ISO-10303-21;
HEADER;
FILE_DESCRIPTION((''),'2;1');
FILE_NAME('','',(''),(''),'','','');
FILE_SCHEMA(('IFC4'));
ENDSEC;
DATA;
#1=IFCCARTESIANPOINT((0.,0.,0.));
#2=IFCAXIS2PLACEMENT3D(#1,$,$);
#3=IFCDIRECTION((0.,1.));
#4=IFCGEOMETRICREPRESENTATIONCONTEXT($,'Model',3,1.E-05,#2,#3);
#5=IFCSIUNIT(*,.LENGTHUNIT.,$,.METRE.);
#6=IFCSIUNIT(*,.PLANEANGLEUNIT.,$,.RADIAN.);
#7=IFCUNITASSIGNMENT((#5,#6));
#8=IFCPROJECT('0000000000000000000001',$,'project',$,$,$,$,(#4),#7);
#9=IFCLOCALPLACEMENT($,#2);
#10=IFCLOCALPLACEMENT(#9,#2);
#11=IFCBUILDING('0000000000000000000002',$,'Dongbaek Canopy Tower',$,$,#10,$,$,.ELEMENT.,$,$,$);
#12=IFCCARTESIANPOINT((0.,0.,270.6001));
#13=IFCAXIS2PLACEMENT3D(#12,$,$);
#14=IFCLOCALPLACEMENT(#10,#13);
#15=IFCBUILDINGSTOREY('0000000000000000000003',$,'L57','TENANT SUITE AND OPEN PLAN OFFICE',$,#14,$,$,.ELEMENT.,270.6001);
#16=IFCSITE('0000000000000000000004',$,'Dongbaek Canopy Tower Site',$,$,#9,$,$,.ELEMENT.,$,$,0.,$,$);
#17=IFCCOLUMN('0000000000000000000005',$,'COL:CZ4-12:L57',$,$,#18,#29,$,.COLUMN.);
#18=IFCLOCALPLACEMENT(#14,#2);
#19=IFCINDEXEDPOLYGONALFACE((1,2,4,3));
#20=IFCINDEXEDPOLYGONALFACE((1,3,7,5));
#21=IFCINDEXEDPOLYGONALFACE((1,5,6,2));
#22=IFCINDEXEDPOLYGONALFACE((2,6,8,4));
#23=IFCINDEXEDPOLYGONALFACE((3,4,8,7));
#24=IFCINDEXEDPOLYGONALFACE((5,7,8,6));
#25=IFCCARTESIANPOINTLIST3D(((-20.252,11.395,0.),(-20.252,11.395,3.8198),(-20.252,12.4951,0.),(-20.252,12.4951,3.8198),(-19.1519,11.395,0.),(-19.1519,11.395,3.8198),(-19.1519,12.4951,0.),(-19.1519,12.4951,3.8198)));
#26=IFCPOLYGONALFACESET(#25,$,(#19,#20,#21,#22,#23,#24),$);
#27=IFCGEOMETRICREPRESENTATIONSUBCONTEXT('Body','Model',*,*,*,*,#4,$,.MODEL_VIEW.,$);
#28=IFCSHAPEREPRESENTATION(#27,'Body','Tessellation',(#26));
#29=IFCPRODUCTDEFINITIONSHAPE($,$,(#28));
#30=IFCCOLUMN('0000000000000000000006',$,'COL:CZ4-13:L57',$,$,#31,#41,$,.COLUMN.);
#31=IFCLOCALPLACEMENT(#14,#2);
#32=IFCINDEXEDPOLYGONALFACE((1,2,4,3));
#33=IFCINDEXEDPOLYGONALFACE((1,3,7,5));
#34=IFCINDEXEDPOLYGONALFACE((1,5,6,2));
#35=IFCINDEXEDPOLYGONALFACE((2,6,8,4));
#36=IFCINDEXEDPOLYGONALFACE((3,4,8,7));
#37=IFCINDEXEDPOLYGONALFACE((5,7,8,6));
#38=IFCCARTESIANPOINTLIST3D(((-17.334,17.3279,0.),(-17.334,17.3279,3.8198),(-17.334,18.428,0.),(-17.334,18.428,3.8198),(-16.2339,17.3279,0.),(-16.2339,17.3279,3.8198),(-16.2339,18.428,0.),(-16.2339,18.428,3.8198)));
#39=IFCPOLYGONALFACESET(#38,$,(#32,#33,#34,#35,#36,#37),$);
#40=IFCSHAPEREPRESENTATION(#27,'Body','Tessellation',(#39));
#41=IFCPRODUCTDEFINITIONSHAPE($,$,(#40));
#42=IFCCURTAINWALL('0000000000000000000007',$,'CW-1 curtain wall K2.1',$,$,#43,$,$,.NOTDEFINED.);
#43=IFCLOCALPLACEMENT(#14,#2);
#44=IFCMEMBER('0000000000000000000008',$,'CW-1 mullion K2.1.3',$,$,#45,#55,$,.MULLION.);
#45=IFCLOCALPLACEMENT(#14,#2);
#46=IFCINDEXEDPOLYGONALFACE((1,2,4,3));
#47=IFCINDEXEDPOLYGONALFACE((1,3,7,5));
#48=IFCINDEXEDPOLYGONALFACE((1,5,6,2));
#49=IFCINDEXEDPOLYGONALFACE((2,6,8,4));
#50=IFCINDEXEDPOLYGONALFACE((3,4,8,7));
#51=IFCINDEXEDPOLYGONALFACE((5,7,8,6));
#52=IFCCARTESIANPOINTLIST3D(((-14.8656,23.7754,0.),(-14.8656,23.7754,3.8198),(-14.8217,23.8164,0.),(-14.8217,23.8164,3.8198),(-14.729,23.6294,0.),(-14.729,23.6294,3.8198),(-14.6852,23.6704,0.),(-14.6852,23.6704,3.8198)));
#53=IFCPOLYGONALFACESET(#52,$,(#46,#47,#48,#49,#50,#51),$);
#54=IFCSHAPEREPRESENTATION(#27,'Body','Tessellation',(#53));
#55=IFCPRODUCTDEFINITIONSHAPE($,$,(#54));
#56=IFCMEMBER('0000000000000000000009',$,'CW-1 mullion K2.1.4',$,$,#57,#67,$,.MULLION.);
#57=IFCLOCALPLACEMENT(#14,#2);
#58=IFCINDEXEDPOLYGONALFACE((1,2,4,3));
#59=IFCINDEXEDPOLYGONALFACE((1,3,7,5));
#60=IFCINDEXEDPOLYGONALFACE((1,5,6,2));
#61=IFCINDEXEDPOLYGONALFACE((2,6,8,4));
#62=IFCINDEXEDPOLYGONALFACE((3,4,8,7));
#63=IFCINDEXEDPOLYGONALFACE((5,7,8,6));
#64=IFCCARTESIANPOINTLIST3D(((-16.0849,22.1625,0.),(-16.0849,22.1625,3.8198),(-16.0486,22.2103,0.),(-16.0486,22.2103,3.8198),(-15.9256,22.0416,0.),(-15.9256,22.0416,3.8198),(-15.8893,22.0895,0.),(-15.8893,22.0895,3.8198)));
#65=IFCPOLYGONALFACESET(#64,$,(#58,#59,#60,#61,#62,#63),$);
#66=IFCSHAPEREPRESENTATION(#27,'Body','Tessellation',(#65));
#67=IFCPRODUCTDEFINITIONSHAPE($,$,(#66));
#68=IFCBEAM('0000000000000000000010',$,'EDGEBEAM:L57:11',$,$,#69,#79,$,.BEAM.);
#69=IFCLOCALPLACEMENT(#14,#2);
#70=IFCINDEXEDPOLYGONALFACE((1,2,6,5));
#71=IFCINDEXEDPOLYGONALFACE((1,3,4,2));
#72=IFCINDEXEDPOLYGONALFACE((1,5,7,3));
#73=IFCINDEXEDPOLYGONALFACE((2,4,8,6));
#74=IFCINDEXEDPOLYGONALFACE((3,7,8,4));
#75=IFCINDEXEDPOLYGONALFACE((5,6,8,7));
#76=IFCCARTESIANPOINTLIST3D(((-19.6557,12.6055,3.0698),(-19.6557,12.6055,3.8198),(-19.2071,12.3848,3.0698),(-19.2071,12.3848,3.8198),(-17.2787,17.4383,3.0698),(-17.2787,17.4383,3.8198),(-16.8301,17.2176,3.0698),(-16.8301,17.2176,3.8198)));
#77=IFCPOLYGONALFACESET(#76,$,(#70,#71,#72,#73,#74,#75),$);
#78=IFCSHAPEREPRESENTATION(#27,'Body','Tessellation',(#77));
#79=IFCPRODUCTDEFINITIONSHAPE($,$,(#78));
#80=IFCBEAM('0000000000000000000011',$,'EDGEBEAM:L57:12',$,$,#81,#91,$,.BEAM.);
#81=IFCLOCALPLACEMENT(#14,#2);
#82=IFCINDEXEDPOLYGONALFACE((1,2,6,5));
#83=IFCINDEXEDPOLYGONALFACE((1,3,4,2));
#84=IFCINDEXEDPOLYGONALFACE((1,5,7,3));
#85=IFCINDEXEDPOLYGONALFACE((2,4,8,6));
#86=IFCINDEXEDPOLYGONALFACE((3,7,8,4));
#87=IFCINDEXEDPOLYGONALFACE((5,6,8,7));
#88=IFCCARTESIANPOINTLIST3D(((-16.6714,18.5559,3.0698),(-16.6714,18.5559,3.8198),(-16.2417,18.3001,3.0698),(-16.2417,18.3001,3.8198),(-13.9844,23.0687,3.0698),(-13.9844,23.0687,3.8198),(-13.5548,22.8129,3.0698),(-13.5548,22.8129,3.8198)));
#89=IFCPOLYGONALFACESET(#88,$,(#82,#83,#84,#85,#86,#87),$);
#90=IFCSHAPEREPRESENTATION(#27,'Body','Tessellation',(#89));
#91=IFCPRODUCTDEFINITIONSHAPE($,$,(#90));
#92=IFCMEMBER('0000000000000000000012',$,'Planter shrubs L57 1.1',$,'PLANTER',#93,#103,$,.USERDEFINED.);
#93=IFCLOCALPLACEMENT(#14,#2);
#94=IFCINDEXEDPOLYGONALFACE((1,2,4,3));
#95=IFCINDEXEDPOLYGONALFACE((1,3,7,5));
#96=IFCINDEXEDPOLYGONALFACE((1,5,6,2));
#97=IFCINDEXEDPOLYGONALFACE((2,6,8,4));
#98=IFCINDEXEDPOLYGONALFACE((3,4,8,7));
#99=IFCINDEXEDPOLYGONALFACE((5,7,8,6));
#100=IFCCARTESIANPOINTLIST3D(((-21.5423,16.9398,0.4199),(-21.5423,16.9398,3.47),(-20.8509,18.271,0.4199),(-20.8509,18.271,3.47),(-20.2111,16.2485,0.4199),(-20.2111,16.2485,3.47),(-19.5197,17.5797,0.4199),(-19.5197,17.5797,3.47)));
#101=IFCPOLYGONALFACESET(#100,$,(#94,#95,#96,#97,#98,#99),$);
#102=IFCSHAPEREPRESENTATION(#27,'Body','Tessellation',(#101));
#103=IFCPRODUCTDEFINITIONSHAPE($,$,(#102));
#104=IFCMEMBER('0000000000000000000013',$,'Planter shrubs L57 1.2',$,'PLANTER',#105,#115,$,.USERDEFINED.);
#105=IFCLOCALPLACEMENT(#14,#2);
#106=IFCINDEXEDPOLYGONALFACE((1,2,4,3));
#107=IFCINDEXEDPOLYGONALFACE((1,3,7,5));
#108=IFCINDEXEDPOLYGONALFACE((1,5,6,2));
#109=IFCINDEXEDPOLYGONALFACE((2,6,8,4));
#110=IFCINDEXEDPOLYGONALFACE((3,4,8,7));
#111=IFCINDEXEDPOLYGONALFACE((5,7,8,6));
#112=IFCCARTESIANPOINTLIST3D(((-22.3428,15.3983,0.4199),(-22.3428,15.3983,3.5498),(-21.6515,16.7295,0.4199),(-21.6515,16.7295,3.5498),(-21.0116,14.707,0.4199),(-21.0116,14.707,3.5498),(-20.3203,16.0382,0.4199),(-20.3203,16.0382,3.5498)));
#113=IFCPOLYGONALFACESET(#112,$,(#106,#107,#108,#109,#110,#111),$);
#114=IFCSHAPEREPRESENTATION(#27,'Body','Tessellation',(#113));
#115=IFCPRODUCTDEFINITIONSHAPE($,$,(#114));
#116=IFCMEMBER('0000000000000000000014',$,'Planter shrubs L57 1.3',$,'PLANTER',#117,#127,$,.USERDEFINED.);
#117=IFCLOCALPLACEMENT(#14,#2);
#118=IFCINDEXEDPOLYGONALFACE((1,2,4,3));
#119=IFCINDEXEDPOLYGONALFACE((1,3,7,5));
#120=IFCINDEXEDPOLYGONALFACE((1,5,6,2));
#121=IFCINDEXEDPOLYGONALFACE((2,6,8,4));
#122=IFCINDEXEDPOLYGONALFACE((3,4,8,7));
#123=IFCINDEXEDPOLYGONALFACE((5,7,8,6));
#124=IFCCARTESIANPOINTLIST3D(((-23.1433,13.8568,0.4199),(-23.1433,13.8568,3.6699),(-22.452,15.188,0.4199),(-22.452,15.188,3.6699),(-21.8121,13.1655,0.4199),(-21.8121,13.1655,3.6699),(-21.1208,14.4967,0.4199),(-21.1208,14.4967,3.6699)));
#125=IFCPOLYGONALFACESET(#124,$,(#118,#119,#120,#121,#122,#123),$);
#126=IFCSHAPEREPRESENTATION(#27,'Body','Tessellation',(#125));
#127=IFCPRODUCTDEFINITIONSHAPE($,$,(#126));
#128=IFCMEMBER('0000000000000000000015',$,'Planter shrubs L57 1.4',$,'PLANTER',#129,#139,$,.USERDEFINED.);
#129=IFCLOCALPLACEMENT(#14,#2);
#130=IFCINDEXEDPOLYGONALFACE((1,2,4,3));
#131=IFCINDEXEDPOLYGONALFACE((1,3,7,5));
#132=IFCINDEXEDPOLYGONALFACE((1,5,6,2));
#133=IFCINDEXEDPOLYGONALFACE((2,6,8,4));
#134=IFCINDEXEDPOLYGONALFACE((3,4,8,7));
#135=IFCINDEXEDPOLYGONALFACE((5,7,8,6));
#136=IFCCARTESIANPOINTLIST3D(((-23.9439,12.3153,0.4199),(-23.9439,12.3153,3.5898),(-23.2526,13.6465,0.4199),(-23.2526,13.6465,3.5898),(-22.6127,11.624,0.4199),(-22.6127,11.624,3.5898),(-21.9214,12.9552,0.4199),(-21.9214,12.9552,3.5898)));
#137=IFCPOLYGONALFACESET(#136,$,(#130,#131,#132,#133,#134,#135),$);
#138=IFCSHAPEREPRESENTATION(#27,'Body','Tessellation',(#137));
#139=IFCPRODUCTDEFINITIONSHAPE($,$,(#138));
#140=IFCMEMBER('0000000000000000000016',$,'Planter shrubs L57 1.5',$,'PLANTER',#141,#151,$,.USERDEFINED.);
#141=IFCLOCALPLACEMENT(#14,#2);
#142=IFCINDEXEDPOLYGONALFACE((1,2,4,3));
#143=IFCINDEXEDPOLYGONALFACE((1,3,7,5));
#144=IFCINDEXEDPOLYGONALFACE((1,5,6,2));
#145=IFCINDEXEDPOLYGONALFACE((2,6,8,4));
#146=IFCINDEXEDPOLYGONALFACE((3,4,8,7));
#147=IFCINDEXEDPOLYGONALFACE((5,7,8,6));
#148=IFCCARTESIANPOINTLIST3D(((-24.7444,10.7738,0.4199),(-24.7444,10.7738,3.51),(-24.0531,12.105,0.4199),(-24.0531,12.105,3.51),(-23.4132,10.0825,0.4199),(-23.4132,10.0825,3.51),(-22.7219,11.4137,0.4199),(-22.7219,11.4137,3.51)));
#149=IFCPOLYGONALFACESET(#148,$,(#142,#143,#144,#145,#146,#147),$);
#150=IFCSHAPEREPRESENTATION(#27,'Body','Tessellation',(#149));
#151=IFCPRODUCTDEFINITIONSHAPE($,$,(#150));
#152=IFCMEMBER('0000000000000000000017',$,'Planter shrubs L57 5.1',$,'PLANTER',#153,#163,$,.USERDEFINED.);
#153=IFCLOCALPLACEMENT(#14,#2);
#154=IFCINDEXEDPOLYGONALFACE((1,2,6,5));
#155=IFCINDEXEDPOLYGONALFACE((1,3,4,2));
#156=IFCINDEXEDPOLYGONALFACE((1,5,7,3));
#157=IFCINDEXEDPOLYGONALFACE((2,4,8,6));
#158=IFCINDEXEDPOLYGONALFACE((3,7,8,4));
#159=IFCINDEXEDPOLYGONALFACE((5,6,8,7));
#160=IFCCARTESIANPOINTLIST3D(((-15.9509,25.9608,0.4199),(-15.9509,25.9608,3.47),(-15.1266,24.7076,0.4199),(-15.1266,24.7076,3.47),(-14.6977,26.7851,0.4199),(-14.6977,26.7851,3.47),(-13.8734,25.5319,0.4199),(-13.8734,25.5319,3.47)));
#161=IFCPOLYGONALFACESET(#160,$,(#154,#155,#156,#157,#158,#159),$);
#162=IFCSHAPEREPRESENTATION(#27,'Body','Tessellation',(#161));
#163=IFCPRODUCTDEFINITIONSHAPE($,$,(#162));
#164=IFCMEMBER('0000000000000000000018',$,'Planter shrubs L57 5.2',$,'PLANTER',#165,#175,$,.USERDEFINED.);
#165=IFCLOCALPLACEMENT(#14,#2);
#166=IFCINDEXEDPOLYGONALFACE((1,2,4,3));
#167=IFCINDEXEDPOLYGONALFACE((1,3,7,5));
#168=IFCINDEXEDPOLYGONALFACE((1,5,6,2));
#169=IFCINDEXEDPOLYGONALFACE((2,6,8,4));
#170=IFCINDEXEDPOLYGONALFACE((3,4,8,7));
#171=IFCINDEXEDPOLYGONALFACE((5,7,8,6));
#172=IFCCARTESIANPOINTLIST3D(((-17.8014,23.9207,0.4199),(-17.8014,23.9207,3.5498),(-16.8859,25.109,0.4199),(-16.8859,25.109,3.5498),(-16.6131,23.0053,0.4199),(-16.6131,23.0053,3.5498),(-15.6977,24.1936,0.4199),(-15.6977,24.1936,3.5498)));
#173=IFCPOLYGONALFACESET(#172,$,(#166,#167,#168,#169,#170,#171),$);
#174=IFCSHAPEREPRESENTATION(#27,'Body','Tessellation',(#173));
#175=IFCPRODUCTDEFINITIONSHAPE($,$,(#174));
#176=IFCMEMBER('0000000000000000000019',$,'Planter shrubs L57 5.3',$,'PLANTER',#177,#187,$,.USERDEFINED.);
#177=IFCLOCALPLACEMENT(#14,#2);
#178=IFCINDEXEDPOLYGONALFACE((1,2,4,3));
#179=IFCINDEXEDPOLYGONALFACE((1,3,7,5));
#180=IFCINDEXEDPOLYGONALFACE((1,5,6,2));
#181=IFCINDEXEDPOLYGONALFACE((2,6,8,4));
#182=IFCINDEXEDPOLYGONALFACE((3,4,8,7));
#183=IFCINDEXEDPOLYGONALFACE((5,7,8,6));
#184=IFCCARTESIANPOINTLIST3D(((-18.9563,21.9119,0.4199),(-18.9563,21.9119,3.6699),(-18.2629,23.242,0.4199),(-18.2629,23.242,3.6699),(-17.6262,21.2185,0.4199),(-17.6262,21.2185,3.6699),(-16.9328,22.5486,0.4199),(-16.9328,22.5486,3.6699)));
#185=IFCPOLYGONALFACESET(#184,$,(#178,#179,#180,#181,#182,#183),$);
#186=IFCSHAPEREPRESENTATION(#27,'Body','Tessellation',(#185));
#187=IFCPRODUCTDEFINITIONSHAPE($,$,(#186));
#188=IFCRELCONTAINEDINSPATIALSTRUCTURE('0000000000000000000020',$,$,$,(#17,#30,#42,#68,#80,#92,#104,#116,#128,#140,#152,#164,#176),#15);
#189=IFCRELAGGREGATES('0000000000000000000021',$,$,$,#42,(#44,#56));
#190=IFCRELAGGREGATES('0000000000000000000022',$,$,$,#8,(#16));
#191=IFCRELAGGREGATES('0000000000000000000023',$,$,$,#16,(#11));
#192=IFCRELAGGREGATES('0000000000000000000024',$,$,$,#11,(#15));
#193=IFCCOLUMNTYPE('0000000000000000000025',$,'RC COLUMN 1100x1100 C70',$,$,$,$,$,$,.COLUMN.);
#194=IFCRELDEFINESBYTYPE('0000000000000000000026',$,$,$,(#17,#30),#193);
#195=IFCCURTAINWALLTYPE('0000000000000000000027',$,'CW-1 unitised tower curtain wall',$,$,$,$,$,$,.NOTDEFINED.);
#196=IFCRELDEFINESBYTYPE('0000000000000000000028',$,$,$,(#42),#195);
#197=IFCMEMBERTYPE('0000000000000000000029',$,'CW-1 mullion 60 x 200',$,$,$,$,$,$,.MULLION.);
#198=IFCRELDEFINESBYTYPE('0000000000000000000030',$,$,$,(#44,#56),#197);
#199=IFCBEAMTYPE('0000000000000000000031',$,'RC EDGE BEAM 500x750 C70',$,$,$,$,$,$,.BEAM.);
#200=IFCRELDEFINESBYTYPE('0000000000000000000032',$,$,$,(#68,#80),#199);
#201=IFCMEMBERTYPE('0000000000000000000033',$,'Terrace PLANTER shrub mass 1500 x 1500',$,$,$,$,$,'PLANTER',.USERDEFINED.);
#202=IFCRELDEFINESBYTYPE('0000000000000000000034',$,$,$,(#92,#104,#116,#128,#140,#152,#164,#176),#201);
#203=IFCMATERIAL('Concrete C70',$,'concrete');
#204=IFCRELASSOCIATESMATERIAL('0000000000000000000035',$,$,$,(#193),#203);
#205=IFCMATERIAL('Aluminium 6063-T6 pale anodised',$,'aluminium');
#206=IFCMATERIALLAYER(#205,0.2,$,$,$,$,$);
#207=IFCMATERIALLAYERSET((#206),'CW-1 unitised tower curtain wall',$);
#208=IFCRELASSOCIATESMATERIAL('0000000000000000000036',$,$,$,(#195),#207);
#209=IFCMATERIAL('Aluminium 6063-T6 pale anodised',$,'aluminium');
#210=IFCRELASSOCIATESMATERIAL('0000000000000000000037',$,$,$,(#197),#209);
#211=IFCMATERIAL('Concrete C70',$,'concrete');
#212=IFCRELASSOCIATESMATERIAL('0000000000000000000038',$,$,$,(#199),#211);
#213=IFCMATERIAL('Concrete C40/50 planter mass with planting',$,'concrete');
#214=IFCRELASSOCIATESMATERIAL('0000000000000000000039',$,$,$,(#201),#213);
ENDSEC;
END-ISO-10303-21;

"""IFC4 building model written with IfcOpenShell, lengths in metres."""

from ifc_helpers import new_model, si_unit, direction, frame, origin, origin_2d, place, context, subcontext, project, spatial, rectangle, extrude, material, layer, layer_set, material_profile, profile_set, type_object, element, aggregate, save


model = new_model("IFC4")

# Units and contexts
model_context = context("Model", 3, precision=1e-05, world=origin(), true_north=direction((0.0, 1.0)))
body_context = subcontext(model_context, "Body", "Model", "MODEL_VIEW")
ifc_project = project(units=[si_unit("LENGTHUNIT", "METRE"), si_unit("PLANEANGLEUNIT", "RADIAN")], contexts=[model_context])

# Site, building, storey
site_placement = place(None, origin())
site = spatial("IfcSite", under=ifc_project, at=site_placement, Name="Dongbaek Canopy Tower Site", CompositionType="ELEMENT", RefElevation=0.0)
building_placement = place(site_placement, origin())
building = spatial("IfcBuilding", under=site, at=building_placement, Name="Dongbaek Canopy Tower", CompositionType="ELEMENT")
storey_placement = place(building_placement, frame((0.0, 0.0, 270.6001)))
storey = spatial("IfcBuildingStorey", under=building, at=storey_placement, Name="L57", Description="TENANT SUITE AND OPEN PLAN OFFICE", CompositionType="ELEMENT", Elevation=270.6001)

# Columns
ifc_material_1 = material(Name="Concrete C70", Category="concrete")
ifc_material_profile_1 = material_profile(ifc_material_1, rectangle(XDim=1.1001, YDim=1.1001, at=origin_2d()), Name="RC COLUMN 1100x1100 C70")
ifc_profile_set_1 = profile_set([ifc_material_profile_1], Name="Concrete C70")
column_type = type_object("IfcColumnType", Name="RC COLUMN 1100x1100 C70", PredefinedType="COLUMN", material=ifc_profile_set_1)
for number, where, z_axis, x_axis, name in (
    (1, (-19.7019, 11.9451, 0.0), (0.0, 0.0, 1.0), (1.0, 0.0, 0.0), "COL:CZ4-12:L57"),
    (2, (-16.7839, 17.8779, 0.0), (0.0, 0.0, 1.0), (1.0, 0.0, 0.0), "COL:CZ4-13:L57"),
):
    element("IfcColumn", number, at=place(storey_placement, frame(where, z_axis=z_axis, x_axis=x_axis)), inside=storey, type_object=column_type, Name=name, PredefinedType="COLUMN", context=body_context, shape_type="SweptSolid", body=[
        extrude(rectangle(XDim=1.1001, YDim=1.1001, at=origin_2d()), origin(), (0.0, 0.0, 1.0), 3.8198),
    ])

# Curtain wall, members
ifc_material_2 = material(Name="Aluminium 6063-T6 pale anodised", Category="aluminium")
ifc_layer_1 = layer(ifc_material_2, 0.2)
ifc_layer_set_1 = layer_set([ifc_layer_1], Name="CW-1 unitised tower curtain wall")
curtain_wall_type = type_object("IfcCurtainWallType", Name="CW-1 unitised tower curtain wall", PredefinedType="NOTDEFINED", material=ifc_layer_set_1)
curtain_wall_placement = place(storey_placement, origin())
curtain_wall = element("IfcCurtainWall", 3, at=curtain_wall_placement, inside=storey, type_object=curtain_wall_type, Name="CW-1 curtain wall K2.1", PredefinedType="NOTDEFINED")
ifc_material_3 = material(Name="Aluminium 6063-T6 pale anodised", Category="aluminium")
ifc_material_profile_2 = material_profile(ifc_material_3, rectangle(XDim=0.2, YDim=0.0601, at=origin_2d()), Name="CW-1 mullion 60 x 200")
ifc_profile_set_2 = profile_set([ifc_material_profile_2], Name="Aluminium 6063-T6 pale anodised")
member_type_1 = type_object("IfcMemberType", Name="CW-1 mullion 60 x 200", PredefinedType="MULLION", material=ifc_profile_set_2)
member_1_placement = place(storey_placement, frame((-14.7754, 23.7229, 0.0), z_axis=(0.0, 0.0, 1.0), x_axis=(-0.682961, 0.730455, 0.0)))
member_1 = element("IfcMember", 4, at=member_1_placement, type_object=member_type_1, Name="CW-1 mullion K2.1.3", PredefinedType="MULLION", context=body_context, shape_type="SweptSolid", body=[
    extrude(rectangle(XDim=0.2, YDim=0.0601, at=origin_2d()), origin(), (0.0, 0.0, 1.0), 3.8198),
])
member_2_placement = place(storey_placement, frame((-15.9871, 22.126, 0.0), z_axis=(0.0, 0.0, 1.0), x_axis=(-0.796696, 0.60438, 0.0)))
member_2 = element("IfcMember", 5, at=member_2_placement, type_object=member_type_1, Name="CW-1 mullion K2.1.4", PredefinedType="MULLION", context=body_context, shape_type="SweptSolid", body=[
    extrude(rectangle(XDim=0.2, YDim=0.0601, at=origin_2d()), origin(), (0.0, 0.0, 1.0), 3.8198),
])

# Beams
ifc_material_4 = material(Name="Concrete C70", Category="concrete")
ifc_material_profile_3 = material_profile(ifc_material_4, rectangle(XDim=0.5, YDim=0.75, at=origin_2d()), Name="RC EDGE BEAM 500x750 C70")
ifc_profile_set_3 = profile_set([ifc_material_profile_3], Name="Concrete C70")
beam_type = type_object("IfcBeamType", Name="RC EDGE BEAM 500x750 C70", PredefinedType="BEAM", material=ifc_profile_set_3)
beam_1_placement = place(storey_placement, frame((-19.4314, 12.4951, 3.4448), z_axis=(0.441347, 0.897336, 0.0), x_axis=(-0.897336, 0.441347, 0.0)))
element("IfcBeam", 6, at=beam_1_placement, inside=storey, type_object=beam_type, Name="EDGEBEAM:L57:11", PredefinedType="BEAM", context=body_context, shape_type="SweptSolid", body=[
    extrude(rectangle(XDim=0.5, YDim=0.75, at=origin_2d()), origin(), (0.0, 0.0, 1.0), 5.3857),
])
beam_2_placement = place(storey_placement, frame((-16.4565, 18.428, 3.4448), z_axis=(0.511588, 0.859231, 0.0), x_axis=(-0.859231, 0.511588, 0.0)))
element("IfcBeam", 7, at=beam_2_placement, inside=storey, type_object=beam_type, Name="EDGEBEAM:L57:12", PredefinedType="BEAM", context=body_context, shape_type="SweptSolid", body=[
    extrude(rectangle(XDim=0.5, YDim=0.75, at=origin_2d()), origin(), (0.0, 0.0, 1.0), 5.2522),
])

# Members
ifc_material_5 = material(Name="Concrete C40/50 planter mass with planting", Category="concrete")
ifc_material_profile_4 = material_profile(ifc_material_5, rectangle(XDim=1.5, YDim=1.5, at=origin_2d()), Name="Terrace PLANTER shrub mass 1500 x 1500")
ifc_profile_set_4 = profile_set([ifc_material_profile_4], Name="Concrete C40/50 planter mass with planting")
member_type_2 = type_object("IfcMemberType", Name="Terrace PLANTER shrub mass 1500 x 1500", ElementType="PLANTER", PredefinedType="USERDEFINED", material=ifc_profile_set_4)
member_3_placement = place(storey_placement, frame((-20.531, 17.2598, 0.4199), z_axis=(0.0, 0.0, 1.0), x_axis=(-0.887462, 0.46088, 0.0)))
element("IfcMember", 8, at=member_3_placement, inside=storey, type_object=member_type_2, Name="Planter shrubs L57 1.1", ObjectType="PLANTER", PredefinedType="USERDEFINED", context=body_context, shape_type="SweptSolid", body=[
    extrude(rectangle(XDim=1.5, YDim=1.5, at=origin_2d()), origin(), (0.0, 0.0, 1.0), 3.05),
])
member_4_placement = place(storey_placement, frame((-21.3315, 15.7183, 0.4199), z_axis=(0.0, 0.0, 1.0), x_axis=(-0.887462, 0.46088, 0.0)))
element("IfcMember", 9, at=member_4_placement, inside=storey, type_object=member_type_2, Name="Planter shrubs L57 1.2", ObjectType="PLANTER", PredefinedType="USERDEFINED", context=body_context, shape_type="SweptSolid", body=[
    extrude(rectangle(XDim=1.5, YDim=1.5, at=origin_2d()), origin(), (0.0, 0.0, 1.0), 3.1299),
])
member_5_placement = place(storey_placement, frame((-22.1321, 14.1768, 0.4199), z_axis=(0.0, 0.0, 1.0), x_axis=(-0.887462, 0.46088, 0.0)))
element("IfcMember", 10, at=member_5_placement, inside=storey, type_object=member_type_2, Name="Planter shrubs L57 1.3", ObjectType="PLANTER", PredefinedType="USERDEFINED", context=body_context, shape_type="SweptSolid", body=[
    extrude(rectangle(XDim=1.5, YDim=1.5, at=origin_2d()), origin(), (0.0, 0.0, 1.0), 3.25),
])
member_6_placement = place(storey_placement, frame((-22.9326, 12.6353, 0.4199), z_axis=(0.0, 0.0, 1.0), x_axis=(-0.887462, 0.46088, 0.0)))
element("IfcMember", 11, at=member_6_placement, inside=storey, type_object=member_type_2, Name="Planter shrubs L57 1.4", ObjectType="PLANTER", PredefinedType="USERDEFINED", context=body_context, shape_type="SweptSolid", body=[
    extrude(rectangle(XDim=1.5, YDim=1.5, at=origin_2d()), origin(), (0.0, 0.0, 1.0), 3.1699),
])
member_7_placement = place(storey_placement, frame((-23.7332, 11.0938, 0.4199), z_axis=(0.0, 0.0, 1.0), x_axis=(-0.887462, 0.46088, 0.0)))
element("IfcMember", 12, at=member_7_placement, inside=storey, type_object=member_type_2, Name="Planter shrubs L57 1.5", ObjectType="PLANTER", PredefinedType="USERDEFINED", context=body_context, shape_type="SweptSolid", body=[
    extrude(rectangle(XDim=1.5, YDim=1.5, at=origin_2d()), origin(), (0.0, 0.0, 1.0), 3.0901),
])
member_8_placement = place(storey_placement, frame((-14.9121, 25.7463, 0.4199), z_axis=(0.0, 0.0, 1.0), x_axis=(-0.549535, 0.835471, 0.0)))
element("IfcMember", 13, at=member_8_placement, inside=storey, type_object=member_type_2, Name="Planter shrubs L57 5.1", ObjectType="PLANTER", PredefinedType="USERDEFINED", context=body_context, shape_type="SweptSolid", body=[
    extrude(rectangle(XDim=1.5, YDim=1.5, at=origin_2d()), origin(), (0.0, 0.0, 1.0), 3.05),
])
member_9_placement = place(storey_placement, frame((-16.7495, 24.0571, 0.4199), z_axis=(0.0, 0.0, 1.0), x_axis=(-0.792187, 0.610278, 0.0)))
element("IfcMember", 14, at=member_9_placement, inside=storey, type_object=member_type_2, Name="Planter shrubs L57 5.2", ObjectType="PLANTER", PredefinedType="USERDEFINED", context=body_context, shape_type="SweptSolid", body=[
    extrude(rectangle(XDim=1.5, YDim=1.5, at=origin_2d()), origin(), (0.0, 0.0, 1.0), 3.1299),
])
member_10_placement = place(storey_placement, frame((-17.9446, 22.2302, 0.4199), z_axis=(0.0, 0.0, 1.0), x_axis=(-0.88673, 0.462288, 0.0)))
element("IfcMember", 15, at=member_10_placement, inside=storey, type_object=member_type_2, Name="Planter shrubs L57 5.3", ObjectType="PLANTER", PredefinedType="USERDEFINED", context=body_context, shape_type="SweptSolid", body=[
    extrude(rectangle(XDim=1.5, YDim=1.5, at=origin_2d()), origin(), (0.0, 0.0, 1.0), 3.25),
])

aggregate(curtain_wall, [member_1, member_2])

save(model, "model.ifc")
